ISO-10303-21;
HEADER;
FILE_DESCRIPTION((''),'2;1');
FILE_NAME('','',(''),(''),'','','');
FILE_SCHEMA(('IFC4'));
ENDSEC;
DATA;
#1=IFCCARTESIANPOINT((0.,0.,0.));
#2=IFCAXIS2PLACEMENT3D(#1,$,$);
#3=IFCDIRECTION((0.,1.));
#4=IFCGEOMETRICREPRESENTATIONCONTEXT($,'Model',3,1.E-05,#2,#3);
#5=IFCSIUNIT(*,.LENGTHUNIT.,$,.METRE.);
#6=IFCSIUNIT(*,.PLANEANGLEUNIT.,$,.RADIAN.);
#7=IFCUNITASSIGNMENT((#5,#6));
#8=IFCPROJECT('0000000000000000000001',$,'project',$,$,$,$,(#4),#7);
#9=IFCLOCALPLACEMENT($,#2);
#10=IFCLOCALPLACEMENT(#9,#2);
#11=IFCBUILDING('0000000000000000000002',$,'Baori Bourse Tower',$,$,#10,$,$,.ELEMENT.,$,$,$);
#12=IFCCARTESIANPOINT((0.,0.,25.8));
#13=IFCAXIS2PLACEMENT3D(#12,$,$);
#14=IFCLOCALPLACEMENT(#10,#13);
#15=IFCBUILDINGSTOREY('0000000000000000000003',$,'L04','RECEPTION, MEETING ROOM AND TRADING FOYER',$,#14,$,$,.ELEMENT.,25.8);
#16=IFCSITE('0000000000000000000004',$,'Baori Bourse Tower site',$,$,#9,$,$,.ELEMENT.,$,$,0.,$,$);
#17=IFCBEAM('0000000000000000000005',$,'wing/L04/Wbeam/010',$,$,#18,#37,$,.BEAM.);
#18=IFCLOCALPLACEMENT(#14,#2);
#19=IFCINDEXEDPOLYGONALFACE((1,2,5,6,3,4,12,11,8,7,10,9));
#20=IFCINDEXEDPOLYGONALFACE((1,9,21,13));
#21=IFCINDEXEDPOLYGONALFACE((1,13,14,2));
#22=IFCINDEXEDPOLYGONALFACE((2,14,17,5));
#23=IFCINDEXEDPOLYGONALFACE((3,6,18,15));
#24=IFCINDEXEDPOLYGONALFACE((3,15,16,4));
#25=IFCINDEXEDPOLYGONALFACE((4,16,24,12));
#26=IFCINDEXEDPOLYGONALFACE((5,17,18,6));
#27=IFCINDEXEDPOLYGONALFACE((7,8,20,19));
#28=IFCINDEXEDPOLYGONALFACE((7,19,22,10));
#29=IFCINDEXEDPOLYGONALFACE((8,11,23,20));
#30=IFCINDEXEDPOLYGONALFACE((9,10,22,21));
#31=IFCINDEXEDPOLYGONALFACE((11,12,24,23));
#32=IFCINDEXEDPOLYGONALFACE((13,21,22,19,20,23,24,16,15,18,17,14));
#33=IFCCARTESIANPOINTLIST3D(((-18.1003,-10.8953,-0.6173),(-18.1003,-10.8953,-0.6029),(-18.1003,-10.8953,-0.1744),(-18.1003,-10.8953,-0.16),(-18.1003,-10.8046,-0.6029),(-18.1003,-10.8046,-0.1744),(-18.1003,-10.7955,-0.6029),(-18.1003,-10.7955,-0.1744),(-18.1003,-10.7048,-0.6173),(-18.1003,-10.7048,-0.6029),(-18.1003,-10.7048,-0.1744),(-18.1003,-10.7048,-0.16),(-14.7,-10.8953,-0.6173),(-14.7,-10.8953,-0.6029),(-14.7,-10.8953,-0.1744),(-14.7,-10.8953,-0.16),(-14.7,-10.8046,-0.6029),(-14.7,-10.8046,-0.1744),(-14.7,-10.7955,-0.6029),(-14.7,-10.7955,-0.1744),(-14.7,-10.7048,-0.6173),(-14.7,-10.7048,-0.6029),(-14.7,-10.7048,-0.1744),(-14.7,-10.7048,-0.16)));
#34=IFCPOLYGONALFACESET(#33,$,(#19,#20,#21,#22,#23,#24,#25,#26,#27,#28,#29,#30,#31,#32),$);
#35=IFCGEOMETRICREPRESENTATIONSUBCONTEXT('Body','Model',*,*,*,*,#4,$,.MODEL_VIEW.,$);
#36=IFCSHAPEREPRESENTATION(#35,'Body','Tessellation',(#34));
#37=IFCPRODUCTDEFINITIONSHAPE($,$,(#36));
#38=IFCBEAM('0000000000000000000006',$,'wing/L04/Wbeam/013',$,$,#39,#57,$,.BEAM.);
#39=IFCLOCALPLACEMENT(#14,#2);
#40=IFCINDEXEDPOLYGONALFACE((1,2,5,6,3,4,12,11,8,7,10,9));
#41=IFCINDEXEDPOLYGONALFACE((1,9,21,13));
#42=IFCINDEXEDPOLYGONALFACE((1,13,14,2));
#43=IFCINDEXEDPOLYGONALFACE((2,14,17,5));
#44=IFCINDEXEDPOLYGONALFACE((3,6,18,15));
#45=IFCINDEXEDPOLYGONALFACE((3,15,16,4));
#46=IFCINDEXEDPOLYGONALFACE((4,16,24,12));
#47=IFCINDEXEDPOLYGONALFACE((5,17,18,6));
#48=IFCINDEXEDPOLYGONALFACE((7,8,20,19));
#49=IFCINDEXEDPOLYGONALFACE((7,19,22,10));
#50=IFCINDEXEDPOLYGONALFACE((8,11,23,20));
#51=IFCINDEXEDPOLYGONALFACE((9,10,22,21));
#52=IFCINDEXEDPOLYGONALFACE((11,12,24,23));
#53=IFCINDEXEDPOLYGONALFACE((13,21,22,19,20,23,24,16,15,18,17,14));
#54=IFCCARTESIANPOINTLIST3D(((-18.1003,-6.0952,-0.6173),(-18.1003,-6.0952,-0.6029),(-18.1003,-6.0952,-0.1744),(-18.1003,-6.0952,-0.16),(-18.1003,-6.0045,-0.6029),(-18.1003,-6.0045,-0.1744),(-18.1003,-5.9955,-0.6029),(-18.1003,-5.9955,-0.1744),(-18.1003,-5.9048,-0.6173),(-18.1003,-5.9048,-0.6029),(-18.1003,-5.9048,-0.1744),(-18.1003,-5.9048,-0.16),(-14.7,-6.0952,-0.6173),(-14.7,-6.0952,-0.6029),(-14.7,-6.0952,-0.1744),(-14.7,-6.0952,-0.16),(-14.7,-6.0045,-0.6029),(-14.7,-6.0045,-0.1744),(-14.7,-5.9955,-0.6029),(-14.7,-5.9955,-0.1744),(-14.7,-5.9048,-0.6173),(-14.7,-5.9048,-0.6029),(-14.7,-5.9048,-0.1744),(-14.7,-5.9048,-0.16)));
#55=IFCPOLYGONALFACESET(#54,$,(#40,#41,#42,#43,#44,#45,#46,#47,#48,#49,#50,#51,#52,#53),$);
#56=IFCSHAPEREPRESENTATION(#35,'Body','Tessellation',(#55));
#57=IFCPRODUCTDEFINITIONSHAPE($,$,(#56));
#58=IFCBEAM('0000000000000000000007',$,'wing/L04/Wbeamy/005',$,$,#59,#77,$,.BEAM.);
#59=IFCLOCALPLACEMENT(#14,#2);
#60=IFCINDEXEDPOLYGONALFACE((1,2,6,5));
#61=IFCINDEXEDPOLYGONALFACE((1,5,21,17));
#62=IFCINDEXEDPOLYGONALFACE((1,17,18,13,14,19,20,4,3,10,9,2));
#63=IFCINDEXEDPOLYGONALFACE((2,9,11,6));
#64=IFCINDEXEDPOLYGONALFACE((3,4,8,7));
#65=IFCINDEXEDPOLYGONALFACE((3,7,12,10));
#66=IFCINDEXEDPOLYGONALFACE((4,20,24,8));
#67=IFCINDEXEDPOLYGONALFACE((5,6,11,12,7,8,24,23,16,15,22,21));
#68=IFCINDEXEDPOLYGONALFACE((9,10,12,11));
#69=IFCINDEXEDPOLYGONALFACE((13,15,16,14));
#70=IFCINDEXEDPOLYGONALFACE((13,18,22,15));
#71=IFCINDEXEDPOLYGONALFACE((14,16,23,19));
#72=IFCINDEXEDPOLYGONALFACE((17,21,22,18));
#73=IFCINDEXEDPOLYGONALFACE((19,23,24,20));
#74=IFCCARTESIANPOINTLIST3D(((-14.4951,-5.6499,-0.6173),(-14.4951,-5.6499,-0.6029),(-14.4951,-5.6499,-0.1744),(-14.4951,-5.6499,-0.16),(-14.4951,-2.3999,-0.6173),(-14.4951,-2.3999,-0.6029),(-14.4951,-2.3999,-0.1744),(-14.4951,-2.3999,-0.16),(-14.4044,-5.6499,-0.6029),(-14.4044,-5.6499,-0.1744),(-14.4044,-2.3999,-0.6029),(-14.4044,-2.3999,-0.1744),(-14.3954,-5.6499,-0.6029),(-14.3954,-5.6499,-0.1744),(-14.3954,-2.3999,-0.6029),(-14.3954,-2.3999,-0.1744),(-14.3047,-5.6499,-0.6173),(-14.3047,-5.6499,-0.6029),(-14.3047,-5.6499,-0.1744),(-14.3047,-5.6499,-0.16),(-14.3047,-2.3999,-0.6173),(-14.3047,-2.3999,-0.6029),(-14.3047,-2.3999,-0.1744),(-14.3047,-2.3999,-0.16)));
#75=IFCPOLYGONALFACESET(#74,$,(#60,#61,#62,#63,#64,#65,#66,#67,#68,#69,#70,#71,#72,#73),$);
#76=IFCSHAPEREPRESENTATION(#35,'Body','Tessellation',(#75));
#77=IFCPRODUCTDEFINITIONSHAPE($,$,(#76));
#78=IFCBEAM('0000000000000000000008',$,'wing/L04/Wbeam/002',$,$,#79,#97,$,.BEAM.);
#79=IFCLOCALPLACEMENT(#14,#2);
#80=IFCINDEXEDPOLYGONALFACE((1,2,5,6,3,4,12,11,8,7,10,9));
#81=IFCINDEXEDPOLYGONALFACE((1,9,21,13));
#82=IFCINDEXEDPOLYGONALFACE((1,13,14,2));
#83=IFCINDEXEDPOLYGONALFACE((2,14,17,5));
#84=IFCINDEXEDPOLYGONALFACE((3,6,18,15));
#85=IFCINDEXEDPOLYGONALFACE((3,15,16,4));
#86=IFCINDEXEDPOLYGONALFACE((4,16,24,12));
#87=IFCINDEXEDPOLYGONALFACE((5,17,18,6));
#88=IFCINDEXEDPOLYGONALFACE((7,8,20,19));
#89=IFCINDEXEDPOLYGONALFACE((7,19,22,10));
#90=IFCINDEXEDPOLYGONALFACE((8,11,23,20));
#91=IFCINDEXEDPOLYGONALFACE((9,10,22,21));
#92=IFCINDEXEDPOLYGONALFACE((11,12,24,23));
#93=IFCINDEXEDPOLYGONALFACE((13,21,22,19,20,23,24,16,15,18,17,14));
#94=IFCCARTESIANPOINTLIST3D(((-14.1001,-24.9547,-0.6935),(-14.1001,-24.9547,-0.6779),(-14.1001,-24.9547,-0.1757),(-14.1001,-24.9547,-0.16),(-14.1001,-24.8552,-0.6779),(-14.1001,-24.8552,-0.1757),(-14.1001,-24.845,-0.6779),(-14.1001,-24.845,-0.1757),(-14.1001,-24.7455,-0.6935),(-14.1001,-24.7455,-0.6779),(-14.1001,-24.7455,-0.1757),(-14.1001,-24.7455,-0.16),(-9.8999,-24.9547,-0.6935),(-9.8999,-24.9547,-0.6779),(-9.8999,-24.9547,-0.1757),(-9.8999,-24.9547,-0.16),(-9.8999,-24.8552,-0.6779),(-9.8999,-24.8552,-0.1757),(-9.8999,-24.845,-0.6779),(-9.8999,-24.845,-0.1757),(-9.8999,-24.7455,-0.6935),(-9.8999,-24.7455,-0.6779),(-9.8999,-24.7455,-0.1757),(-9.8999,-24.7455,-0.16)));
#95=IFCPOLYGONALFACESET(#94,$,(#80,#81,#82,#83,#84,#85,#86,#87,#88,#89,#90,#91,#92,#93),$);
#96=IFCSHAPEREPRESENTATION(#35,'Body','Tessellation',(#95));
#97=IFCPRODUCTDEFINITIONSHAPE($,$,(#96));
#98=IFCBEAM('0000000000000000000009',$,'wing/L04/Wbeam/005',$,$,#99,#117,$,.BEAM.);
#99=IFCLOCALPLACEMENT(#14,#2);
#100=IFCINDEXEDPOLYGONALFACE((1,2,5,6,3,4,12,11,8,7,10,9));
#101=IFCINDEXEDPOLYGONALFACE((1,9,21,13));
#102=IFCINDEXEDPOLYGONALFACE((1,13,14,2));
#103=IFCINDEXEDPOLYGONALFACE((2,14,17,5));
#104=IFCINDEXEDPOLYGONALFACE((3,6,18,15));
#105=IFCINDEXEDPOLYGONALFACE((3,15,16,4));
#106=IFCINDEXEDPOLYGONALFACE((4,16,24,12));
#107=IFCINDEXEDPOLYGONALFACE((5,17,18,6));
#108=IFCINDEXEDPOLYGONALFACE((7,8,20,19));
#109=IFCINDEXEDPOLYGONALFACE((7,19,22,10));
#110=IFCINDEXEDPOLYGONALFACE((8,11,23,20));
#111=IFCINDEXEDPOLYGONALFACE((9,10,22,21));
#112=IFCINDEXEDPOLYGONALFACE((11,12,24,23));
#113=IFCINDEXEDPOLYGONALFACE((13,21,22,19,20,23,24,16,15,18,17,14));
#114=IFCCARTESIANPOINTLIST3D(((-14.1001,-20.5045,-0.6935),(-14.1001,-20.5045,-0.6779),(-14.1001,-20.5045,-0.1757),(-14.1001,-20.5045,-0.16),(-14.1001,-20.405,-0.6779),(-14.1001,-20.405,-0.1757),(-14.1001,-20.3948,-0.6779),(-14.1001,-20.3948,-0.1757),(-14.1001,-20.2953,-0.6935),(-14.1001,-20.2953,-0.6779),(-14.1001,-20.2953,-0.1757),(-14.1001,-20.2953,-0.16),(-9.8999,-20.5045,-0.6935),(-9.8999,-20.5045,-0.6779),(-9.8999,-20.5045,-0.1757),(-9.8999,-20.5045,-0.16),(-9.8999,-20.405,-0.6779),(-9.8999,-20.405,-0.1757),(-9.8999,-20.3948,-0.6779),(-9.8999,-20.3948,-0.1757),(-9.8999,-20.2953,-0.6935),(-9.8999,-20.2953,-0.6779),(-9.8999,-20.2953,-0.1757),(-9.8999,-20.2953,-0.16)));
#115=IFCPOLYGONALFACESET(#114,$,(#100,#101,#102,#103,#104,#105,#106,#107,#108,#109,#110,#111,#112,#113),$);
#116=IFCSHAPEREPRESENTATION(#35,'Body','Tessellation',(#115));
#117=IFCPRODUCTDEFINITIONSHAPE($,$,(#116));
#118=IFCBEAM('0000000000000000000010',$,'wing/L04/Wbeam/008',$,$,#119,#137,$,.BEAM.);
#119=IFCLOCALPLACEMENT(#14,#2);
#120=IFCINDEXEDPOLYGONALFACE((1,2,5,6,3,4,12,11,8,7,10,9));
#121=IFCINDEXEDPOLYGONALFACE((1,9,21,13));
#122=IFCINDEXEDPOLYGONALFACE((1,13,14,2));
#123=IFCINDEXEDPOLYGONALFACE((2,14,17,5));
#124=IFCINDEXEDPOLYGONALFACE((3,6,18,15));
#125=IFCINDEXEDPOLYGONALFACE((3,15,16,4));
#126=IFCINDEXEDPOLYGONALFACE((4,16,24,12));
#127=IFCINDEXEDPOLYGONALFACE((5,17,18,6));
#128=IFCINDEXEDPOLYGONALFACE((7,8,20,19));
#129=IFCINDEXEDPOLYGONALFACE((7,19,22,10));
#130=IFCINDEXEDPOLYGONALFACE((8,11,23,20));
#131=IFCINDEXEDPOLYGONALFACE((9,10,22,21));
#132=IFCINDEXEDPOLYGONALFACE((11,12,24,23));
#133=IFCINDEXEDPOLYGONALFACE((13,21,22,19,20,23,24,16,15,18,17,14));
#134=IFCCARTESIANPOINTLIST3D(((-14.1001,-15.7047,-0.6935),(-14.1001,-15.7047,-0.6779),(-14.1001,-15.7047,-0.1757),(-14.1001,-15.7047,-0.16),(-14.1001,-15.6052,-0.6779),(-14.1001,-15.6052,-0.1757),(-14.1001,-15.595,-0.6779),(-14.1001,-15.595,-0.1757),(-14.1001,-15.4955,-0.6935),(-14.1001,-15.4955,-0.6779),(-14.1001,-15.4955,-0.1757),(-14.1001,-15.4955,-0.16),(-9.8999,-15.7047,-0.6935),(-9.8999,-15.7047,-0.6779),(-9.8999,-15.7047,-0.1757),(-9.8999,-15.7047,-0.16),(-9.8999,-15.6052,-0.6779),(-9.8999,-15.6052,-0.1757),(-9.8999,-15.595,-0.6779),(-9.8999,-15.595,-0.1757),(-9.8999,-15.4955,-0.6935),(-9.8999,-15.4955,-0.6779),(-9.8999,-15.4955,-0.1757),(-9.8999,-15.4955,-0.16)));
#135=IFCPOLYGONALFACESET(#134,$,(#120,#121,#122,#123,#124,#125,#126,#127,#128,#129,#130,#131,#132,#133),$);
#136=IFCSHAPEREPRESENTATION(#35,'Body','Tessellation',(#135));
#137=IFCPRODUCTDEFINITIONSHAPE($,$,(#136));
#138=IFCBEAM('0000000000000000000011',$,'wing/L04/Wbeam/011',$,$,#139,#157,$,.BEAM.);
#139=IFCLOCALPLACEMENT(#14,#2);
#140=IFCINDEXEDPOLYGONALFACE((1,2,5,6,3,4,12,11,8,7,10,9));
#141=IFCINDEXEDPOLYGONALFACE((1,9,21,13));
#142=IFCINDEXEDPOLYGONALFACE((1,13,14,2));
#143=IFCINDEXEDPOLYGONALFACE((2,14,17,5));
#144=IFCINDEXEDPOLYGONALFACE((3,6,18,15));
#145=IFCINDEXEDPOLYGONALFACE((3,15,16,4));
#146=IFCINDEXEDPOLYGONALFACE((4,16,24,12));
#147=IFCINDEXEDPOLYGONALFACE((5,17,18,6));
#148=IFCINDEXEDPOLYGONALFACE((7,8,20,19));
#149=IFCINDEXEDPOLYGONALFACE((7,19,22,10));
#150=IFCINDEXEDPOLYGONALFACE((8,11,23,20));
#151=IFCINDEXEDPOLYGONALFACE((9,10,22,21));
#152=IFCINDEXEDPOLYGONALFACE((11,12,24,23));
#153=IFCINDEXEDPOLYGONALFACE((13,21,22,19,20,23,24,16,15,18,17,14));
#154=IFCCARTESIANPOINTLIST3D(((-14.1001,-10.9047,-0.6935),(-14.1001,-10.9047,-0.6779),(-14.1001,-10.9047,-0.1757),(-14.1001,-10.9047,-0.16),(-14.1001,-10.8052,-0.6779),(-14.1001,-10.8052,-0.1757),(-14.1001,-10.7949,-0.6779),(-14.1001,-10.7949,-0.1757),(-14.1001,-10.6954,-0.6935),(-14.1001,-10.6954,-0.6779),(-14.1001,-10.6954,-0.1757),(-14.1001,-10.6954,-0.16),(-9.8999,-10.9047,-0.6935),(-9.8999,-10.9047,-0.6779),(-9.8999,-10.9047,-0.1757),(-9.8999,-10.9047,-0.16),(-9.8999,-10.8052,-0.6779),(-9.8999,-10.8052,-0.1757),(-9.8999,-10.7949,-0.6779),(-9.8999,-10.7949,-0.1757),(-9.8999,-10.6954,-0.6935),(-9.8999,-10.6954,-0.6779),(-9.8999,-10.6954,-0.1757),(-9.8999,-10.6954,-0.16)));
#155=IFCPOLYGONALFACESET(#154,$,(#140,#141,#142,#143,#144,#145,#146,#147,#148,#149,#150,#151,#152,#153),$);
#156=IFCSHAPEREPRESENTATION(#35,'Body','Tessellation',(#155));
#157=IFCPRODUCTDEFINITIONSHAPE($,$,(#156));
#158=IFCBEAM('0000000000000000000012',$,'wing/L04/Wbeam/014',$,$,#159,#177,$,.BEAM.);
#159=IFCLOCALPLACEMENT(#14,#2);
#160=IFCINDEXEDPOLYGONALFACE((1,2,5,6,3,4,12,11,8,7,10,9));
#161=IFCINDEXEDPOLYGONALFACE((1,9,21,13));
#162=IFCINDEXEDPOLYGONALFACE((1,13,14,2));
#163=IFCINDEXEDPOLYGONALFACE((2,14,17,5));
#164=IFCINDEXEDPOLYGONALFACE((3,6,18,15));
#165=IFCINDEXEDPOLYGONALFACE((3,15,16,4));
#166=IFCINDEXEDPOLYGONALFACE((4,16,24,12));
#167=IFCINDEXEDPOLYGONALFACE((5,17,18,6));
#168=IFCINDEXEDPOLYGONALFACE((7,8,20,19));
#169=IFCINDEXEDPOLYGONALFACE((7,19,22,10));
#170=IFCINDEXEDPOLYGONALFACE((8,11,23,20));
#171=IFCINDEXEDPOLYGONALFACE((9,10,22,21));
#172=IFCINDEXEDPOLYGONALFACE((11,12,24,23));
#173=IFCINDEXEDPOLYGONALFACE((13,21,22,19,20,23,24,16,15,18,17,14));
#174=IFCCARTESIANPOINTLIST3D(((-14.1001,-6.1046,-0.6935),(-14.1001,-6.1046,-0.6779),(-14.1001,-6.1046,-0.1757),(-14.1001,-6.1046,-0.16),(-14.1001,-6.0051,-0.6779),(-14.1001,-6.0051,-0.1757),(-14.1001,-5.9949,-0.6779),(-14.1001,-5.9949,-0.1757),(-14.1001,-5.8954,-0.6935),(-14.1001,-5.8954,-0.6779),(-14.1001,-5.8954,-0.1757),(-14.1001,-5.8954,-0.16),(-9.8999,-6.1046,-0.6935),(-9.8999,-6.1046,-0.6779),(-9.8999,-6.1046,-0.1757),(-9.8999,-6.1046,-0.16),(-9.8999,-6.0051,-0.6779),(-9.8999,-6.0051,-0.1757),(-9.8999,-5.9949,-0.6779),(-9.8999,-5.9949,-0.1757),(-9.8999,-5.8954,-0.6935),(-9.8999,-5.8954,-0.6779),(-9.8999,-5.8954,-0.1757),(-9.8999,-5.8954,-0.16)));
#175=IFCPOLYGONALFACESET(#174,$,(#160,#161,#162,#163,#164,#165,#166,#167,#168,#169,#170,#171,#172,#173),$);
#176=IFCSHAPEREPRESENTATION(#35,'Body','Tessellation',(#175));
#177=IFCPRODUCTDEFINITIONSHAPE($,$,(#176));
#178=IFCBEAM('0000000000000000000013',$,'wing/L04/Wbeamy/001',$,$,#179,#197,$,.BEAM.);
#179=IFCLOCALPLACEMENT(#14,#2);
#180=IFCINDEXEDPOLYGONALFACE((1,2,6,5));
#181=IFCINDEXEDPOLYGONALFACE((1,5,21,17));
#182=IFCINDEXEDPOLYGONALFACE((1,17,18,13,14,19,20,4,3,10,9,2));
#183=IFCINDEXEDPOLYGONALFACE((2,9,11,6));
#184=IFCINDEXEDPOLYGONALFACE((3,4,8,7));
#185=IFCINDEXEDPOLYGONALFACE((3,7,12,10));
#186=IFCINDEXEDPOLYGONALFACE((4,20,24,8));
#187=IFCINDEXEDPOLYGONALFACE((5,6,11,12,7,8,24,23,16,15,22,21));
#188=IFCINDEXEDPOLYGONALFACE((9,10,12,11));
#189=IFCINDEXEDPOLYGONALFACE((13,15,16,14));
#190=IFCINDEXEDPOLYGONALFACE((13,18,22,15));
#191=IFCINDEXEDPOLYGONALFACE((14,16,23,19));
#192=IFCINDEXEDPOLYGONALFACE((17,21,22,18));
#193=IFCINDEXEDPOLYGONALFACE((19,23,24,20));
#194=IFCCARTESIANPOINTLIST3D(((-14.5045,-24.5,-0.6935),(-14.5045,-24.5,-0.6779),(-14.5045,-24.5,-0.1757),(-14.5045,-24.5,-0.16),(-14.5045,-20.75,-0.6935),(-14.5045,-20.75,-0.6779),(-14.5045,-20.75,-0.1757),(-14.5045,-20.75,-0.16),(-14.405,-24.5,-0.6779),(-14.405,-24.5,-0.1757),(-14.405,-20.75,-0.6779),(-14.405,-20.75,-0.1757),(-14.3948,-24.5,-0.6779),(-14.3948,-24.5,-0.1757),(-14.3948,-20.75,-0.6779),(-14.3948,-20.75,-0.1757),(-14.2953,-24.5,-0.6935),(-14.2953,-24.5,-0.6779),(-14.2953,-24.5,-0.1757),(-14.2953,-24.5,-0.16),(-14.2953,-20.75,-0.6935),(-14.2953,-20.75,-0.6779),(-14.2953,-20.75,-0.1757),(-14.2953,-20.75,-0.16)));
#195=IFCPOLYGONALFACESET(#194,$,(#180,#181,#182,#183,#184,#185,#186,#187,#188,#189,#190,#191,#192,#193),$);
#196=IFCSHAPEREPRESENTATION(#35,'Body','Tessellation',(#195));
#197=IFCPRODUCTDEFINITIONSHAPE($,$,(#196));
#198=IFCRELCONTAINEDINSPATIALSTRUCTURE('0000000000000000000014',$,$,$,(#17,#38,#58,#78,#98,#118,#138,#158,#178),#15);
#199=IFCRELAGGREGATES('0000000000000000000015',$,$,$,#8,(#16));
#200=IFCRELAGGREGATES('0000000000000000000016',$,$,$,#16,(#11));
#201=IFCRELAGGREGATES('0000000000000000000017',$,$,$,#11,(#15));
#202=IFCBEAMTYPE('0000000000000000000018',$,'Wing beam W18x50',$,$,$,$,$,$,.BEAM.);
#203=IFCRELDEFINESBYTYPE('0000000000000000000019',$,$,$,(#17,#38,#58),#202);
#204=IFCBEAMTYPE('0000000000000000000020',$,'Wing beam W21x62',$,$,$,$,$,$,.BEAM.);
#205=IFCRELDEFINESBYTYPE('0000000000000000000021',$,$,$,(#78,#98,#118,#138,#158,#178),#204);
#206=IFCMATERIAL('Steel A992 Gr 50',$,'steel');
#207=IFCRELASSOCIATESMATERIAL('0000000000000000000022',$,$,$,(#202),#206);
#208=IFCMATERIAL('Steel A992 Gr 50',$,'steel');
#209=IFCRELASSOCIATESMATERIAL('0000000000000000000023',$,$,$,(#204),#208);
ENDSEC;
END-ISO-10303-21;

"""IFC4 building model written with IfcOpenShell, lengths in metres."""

from ifc_helpers import new_model, si_unit, direction, frame, origin, origin_2d, place, context, subcontext, project, spatial, i_section, extrude, material, material_profile, profile_set, type_object, element, save


model = new_model("IFC4")

# Units and contexts
model_context = context("Model", 3, precision=1e-05, world=origin(), true_north=direction((0.0, 1.0)))
body_context = subcontext(model_context, "Body", "Model", "MODEL_VIEW")
ifc_project = project(units=[si_unit("LENGTHUNIT", "METRE"), si_unit("PLANEANGLEUNIT", "RADIAN")], contexts=[model_context])

# Site, building, storey
site_placement = place(None, origin())
site = spatial("IfcSite", under=ifc_project, at=site_placement, Name="Baori Bourse Tower site", CompositionType="ELEMENT", RefElevation=0.0)
building_placement = place(site_placement, origin())
building = spatial("IfcBuilding", under=site, at=building_placement, Name="Baori Bourse Tower", CompositionType="ELEMENT")
storey_placement = place(building_placement, frame((0.0, 0.0, 25.8)))
storey = spatial("IfcBuildingStorey", under=building, at=storey_placement, Name="L04", Description="RECEPTION, MEETING ROOM AND TRADING FOYER", CompositionType="ELEMENT", Elevation=25.8)

# Beams
ifc_material_1 = material(Name="Steel A992 Gr 50", Category="steel")
ifc_material_profile_1 = material_profile(ifc_material_1, i_section(OverallWidth=0.1904, OverallDepth=0.4573, WebThickness=0.009, FlangeThickness=0.0144, at=origin_2d()), Name="W18x50")
ifc_profile_set_1 = profile_set([ifc_material_profile_1], Name="Steel A992 Gr 50")
beam_type_1 = type_object("IfcBeamType", Name="Wing beam W18x50", PredefinedType="BEAM", material=ifc_profile_set_1)
for number, where, z_axis, x_axis, name in (
    (1, (-18.1003, -10.8, -0.3887), (1.0, 0.0, 0.0), (0.0, 1.0, 0.0), "wing/L04/Wbeam/010"),
    (2, (-18.1003, -6.0, -0.3887), (1.0, 0.0, 0.0), (0.0, 1.0, 0.0), "wing/L04/Wbeam/013"),
):
    element("IfcBeam", number, at=place(storey_placement, frame(where, z_axis=z_axis, x_axis=x_axis)), inside=storey, type_object=beam_type_1, Name=name, PredefinedType="BEAM", context=body_context, shape_type="SweptSolid", body=[
        extrude(i_section(OverallWidth=0.1904, OverallDepth=0.4573, WebThickness=0.009, FlangeThickness=0.0144, at=origin_2d()), origin(), (0.0, 0.0, 1.0), 3.4004),
    ])
beam_1_placement = place(storey_placement, frame((-14.3999, -5.6499, -0.3887), z_axis=(0.0, 1.0, 0.0), x_axis=(-1.0, 0.0, 0.0)))
element("IfcBeam", 3, at=beam_1_placement, inside=storey, type_object=beam_type_1, Name="wing/L04/Wbeamy/005", PredefinedType="BEAM", context=body_context, shape_type="SweptSolid", body=[
    extrude(i_section(OverallWidth=0.1904, OverallDepth=0.4573, WebThickness=0.009, FlangeThickness=0.0144, at=origin_2d()), origin(), (0.0, 0.0, 1.0), 3.25),
])
ifc_material_2 = material(Name="Steel A992 Gr 50", Category="steel")
ifc_material_profile_2 = material_profile(ifc_material_2, i_section(OverallWidth=0.2092, OverallDepth=0.5334, WebThickness=0.0103, FlangeThickness=0.0156, at=origin_2d()), Name="W21x62")
ifc_profile_set_2 = profile_set([ifc_material_profile_2], Name="Steel A992 Gr 50")
beam_type_2 = type_object("IfcBeamType", Name="Wing beam W21x62", PredefinedType="BEAM", material=ifc_profile_set_2)
for number, where, z_axis, x_axis, name in (
    (4, (-14.1001, -24.8501, -0.4268), (1.0, 0.0, 0.0), (0.0, 1.0, 0.0), "wing/L04/Wbeam/002"),
    (5, (-14.1001, -20.3999, -0.4268), (1.0, 0.0, 0.0), (0.0, 1.0, 0.0), "wing/L04/Wbeam/005"),
    (6, (-14.1001, -15.6001, -0.4268), (1.0, 0.0, 0.0), (0.0, 1.0, 0.0), "wing/L04/Wbeam/008"),
    (7, (-14.1001, -10.8, -0.4268), (1.0, 0.0, 0.0), (0.0, 1.0, 0.0), "wing/L04/Wbeam/011"),
    (8, (-14.1001, -6.0, -0.4268), (1.0, 0.0, 0.0), (0.0, 1.0, 0.0), "wing/L04/Wbeam/014"),
):
    element("IfcBeam", number, at=place(storey_placement, frame(where, z_axis=z_axis, x_axis=x_axis)), inside=storey, type_object=beam_type_2, Name=name, PredefinedType="BEAM", context=body_context, shape_type="SweptSolid", body=[
        extrude(i_section(OverallWidth=0.2092, OverallDepth=0.5334, WebThickness=0.0103, FlangeThickness=0.0156, at=origin_2d()), origin(), (0.0, 0.0, 1.0), 4.2002),
    ])
beam_2_placement = place(storey_placement, frame((-14.3999, -24.5, -0.4268), z_axis=(0.0, 1.0, 0.0), x_axis=(-1.0, 0.0, 0.0)))
element("IfcBeam", 9, at=beam_2_placement, inside=storey, type_object=beam_type_2, Name="wing/L04/Wbeamy/001", PredefinedType="BEAM", context=body_context, shape_type="SweptSolid", body=[
    extrude(i_section(OverallWidth=0.2092, OverallDepth=0.5334, WebThickness=0.0103, FlangeThickness=0.0156, at=origin_2d()), origin(), (0.0, 0.0, 1.0), 3.75),
])

save(model, "model.ifc")
